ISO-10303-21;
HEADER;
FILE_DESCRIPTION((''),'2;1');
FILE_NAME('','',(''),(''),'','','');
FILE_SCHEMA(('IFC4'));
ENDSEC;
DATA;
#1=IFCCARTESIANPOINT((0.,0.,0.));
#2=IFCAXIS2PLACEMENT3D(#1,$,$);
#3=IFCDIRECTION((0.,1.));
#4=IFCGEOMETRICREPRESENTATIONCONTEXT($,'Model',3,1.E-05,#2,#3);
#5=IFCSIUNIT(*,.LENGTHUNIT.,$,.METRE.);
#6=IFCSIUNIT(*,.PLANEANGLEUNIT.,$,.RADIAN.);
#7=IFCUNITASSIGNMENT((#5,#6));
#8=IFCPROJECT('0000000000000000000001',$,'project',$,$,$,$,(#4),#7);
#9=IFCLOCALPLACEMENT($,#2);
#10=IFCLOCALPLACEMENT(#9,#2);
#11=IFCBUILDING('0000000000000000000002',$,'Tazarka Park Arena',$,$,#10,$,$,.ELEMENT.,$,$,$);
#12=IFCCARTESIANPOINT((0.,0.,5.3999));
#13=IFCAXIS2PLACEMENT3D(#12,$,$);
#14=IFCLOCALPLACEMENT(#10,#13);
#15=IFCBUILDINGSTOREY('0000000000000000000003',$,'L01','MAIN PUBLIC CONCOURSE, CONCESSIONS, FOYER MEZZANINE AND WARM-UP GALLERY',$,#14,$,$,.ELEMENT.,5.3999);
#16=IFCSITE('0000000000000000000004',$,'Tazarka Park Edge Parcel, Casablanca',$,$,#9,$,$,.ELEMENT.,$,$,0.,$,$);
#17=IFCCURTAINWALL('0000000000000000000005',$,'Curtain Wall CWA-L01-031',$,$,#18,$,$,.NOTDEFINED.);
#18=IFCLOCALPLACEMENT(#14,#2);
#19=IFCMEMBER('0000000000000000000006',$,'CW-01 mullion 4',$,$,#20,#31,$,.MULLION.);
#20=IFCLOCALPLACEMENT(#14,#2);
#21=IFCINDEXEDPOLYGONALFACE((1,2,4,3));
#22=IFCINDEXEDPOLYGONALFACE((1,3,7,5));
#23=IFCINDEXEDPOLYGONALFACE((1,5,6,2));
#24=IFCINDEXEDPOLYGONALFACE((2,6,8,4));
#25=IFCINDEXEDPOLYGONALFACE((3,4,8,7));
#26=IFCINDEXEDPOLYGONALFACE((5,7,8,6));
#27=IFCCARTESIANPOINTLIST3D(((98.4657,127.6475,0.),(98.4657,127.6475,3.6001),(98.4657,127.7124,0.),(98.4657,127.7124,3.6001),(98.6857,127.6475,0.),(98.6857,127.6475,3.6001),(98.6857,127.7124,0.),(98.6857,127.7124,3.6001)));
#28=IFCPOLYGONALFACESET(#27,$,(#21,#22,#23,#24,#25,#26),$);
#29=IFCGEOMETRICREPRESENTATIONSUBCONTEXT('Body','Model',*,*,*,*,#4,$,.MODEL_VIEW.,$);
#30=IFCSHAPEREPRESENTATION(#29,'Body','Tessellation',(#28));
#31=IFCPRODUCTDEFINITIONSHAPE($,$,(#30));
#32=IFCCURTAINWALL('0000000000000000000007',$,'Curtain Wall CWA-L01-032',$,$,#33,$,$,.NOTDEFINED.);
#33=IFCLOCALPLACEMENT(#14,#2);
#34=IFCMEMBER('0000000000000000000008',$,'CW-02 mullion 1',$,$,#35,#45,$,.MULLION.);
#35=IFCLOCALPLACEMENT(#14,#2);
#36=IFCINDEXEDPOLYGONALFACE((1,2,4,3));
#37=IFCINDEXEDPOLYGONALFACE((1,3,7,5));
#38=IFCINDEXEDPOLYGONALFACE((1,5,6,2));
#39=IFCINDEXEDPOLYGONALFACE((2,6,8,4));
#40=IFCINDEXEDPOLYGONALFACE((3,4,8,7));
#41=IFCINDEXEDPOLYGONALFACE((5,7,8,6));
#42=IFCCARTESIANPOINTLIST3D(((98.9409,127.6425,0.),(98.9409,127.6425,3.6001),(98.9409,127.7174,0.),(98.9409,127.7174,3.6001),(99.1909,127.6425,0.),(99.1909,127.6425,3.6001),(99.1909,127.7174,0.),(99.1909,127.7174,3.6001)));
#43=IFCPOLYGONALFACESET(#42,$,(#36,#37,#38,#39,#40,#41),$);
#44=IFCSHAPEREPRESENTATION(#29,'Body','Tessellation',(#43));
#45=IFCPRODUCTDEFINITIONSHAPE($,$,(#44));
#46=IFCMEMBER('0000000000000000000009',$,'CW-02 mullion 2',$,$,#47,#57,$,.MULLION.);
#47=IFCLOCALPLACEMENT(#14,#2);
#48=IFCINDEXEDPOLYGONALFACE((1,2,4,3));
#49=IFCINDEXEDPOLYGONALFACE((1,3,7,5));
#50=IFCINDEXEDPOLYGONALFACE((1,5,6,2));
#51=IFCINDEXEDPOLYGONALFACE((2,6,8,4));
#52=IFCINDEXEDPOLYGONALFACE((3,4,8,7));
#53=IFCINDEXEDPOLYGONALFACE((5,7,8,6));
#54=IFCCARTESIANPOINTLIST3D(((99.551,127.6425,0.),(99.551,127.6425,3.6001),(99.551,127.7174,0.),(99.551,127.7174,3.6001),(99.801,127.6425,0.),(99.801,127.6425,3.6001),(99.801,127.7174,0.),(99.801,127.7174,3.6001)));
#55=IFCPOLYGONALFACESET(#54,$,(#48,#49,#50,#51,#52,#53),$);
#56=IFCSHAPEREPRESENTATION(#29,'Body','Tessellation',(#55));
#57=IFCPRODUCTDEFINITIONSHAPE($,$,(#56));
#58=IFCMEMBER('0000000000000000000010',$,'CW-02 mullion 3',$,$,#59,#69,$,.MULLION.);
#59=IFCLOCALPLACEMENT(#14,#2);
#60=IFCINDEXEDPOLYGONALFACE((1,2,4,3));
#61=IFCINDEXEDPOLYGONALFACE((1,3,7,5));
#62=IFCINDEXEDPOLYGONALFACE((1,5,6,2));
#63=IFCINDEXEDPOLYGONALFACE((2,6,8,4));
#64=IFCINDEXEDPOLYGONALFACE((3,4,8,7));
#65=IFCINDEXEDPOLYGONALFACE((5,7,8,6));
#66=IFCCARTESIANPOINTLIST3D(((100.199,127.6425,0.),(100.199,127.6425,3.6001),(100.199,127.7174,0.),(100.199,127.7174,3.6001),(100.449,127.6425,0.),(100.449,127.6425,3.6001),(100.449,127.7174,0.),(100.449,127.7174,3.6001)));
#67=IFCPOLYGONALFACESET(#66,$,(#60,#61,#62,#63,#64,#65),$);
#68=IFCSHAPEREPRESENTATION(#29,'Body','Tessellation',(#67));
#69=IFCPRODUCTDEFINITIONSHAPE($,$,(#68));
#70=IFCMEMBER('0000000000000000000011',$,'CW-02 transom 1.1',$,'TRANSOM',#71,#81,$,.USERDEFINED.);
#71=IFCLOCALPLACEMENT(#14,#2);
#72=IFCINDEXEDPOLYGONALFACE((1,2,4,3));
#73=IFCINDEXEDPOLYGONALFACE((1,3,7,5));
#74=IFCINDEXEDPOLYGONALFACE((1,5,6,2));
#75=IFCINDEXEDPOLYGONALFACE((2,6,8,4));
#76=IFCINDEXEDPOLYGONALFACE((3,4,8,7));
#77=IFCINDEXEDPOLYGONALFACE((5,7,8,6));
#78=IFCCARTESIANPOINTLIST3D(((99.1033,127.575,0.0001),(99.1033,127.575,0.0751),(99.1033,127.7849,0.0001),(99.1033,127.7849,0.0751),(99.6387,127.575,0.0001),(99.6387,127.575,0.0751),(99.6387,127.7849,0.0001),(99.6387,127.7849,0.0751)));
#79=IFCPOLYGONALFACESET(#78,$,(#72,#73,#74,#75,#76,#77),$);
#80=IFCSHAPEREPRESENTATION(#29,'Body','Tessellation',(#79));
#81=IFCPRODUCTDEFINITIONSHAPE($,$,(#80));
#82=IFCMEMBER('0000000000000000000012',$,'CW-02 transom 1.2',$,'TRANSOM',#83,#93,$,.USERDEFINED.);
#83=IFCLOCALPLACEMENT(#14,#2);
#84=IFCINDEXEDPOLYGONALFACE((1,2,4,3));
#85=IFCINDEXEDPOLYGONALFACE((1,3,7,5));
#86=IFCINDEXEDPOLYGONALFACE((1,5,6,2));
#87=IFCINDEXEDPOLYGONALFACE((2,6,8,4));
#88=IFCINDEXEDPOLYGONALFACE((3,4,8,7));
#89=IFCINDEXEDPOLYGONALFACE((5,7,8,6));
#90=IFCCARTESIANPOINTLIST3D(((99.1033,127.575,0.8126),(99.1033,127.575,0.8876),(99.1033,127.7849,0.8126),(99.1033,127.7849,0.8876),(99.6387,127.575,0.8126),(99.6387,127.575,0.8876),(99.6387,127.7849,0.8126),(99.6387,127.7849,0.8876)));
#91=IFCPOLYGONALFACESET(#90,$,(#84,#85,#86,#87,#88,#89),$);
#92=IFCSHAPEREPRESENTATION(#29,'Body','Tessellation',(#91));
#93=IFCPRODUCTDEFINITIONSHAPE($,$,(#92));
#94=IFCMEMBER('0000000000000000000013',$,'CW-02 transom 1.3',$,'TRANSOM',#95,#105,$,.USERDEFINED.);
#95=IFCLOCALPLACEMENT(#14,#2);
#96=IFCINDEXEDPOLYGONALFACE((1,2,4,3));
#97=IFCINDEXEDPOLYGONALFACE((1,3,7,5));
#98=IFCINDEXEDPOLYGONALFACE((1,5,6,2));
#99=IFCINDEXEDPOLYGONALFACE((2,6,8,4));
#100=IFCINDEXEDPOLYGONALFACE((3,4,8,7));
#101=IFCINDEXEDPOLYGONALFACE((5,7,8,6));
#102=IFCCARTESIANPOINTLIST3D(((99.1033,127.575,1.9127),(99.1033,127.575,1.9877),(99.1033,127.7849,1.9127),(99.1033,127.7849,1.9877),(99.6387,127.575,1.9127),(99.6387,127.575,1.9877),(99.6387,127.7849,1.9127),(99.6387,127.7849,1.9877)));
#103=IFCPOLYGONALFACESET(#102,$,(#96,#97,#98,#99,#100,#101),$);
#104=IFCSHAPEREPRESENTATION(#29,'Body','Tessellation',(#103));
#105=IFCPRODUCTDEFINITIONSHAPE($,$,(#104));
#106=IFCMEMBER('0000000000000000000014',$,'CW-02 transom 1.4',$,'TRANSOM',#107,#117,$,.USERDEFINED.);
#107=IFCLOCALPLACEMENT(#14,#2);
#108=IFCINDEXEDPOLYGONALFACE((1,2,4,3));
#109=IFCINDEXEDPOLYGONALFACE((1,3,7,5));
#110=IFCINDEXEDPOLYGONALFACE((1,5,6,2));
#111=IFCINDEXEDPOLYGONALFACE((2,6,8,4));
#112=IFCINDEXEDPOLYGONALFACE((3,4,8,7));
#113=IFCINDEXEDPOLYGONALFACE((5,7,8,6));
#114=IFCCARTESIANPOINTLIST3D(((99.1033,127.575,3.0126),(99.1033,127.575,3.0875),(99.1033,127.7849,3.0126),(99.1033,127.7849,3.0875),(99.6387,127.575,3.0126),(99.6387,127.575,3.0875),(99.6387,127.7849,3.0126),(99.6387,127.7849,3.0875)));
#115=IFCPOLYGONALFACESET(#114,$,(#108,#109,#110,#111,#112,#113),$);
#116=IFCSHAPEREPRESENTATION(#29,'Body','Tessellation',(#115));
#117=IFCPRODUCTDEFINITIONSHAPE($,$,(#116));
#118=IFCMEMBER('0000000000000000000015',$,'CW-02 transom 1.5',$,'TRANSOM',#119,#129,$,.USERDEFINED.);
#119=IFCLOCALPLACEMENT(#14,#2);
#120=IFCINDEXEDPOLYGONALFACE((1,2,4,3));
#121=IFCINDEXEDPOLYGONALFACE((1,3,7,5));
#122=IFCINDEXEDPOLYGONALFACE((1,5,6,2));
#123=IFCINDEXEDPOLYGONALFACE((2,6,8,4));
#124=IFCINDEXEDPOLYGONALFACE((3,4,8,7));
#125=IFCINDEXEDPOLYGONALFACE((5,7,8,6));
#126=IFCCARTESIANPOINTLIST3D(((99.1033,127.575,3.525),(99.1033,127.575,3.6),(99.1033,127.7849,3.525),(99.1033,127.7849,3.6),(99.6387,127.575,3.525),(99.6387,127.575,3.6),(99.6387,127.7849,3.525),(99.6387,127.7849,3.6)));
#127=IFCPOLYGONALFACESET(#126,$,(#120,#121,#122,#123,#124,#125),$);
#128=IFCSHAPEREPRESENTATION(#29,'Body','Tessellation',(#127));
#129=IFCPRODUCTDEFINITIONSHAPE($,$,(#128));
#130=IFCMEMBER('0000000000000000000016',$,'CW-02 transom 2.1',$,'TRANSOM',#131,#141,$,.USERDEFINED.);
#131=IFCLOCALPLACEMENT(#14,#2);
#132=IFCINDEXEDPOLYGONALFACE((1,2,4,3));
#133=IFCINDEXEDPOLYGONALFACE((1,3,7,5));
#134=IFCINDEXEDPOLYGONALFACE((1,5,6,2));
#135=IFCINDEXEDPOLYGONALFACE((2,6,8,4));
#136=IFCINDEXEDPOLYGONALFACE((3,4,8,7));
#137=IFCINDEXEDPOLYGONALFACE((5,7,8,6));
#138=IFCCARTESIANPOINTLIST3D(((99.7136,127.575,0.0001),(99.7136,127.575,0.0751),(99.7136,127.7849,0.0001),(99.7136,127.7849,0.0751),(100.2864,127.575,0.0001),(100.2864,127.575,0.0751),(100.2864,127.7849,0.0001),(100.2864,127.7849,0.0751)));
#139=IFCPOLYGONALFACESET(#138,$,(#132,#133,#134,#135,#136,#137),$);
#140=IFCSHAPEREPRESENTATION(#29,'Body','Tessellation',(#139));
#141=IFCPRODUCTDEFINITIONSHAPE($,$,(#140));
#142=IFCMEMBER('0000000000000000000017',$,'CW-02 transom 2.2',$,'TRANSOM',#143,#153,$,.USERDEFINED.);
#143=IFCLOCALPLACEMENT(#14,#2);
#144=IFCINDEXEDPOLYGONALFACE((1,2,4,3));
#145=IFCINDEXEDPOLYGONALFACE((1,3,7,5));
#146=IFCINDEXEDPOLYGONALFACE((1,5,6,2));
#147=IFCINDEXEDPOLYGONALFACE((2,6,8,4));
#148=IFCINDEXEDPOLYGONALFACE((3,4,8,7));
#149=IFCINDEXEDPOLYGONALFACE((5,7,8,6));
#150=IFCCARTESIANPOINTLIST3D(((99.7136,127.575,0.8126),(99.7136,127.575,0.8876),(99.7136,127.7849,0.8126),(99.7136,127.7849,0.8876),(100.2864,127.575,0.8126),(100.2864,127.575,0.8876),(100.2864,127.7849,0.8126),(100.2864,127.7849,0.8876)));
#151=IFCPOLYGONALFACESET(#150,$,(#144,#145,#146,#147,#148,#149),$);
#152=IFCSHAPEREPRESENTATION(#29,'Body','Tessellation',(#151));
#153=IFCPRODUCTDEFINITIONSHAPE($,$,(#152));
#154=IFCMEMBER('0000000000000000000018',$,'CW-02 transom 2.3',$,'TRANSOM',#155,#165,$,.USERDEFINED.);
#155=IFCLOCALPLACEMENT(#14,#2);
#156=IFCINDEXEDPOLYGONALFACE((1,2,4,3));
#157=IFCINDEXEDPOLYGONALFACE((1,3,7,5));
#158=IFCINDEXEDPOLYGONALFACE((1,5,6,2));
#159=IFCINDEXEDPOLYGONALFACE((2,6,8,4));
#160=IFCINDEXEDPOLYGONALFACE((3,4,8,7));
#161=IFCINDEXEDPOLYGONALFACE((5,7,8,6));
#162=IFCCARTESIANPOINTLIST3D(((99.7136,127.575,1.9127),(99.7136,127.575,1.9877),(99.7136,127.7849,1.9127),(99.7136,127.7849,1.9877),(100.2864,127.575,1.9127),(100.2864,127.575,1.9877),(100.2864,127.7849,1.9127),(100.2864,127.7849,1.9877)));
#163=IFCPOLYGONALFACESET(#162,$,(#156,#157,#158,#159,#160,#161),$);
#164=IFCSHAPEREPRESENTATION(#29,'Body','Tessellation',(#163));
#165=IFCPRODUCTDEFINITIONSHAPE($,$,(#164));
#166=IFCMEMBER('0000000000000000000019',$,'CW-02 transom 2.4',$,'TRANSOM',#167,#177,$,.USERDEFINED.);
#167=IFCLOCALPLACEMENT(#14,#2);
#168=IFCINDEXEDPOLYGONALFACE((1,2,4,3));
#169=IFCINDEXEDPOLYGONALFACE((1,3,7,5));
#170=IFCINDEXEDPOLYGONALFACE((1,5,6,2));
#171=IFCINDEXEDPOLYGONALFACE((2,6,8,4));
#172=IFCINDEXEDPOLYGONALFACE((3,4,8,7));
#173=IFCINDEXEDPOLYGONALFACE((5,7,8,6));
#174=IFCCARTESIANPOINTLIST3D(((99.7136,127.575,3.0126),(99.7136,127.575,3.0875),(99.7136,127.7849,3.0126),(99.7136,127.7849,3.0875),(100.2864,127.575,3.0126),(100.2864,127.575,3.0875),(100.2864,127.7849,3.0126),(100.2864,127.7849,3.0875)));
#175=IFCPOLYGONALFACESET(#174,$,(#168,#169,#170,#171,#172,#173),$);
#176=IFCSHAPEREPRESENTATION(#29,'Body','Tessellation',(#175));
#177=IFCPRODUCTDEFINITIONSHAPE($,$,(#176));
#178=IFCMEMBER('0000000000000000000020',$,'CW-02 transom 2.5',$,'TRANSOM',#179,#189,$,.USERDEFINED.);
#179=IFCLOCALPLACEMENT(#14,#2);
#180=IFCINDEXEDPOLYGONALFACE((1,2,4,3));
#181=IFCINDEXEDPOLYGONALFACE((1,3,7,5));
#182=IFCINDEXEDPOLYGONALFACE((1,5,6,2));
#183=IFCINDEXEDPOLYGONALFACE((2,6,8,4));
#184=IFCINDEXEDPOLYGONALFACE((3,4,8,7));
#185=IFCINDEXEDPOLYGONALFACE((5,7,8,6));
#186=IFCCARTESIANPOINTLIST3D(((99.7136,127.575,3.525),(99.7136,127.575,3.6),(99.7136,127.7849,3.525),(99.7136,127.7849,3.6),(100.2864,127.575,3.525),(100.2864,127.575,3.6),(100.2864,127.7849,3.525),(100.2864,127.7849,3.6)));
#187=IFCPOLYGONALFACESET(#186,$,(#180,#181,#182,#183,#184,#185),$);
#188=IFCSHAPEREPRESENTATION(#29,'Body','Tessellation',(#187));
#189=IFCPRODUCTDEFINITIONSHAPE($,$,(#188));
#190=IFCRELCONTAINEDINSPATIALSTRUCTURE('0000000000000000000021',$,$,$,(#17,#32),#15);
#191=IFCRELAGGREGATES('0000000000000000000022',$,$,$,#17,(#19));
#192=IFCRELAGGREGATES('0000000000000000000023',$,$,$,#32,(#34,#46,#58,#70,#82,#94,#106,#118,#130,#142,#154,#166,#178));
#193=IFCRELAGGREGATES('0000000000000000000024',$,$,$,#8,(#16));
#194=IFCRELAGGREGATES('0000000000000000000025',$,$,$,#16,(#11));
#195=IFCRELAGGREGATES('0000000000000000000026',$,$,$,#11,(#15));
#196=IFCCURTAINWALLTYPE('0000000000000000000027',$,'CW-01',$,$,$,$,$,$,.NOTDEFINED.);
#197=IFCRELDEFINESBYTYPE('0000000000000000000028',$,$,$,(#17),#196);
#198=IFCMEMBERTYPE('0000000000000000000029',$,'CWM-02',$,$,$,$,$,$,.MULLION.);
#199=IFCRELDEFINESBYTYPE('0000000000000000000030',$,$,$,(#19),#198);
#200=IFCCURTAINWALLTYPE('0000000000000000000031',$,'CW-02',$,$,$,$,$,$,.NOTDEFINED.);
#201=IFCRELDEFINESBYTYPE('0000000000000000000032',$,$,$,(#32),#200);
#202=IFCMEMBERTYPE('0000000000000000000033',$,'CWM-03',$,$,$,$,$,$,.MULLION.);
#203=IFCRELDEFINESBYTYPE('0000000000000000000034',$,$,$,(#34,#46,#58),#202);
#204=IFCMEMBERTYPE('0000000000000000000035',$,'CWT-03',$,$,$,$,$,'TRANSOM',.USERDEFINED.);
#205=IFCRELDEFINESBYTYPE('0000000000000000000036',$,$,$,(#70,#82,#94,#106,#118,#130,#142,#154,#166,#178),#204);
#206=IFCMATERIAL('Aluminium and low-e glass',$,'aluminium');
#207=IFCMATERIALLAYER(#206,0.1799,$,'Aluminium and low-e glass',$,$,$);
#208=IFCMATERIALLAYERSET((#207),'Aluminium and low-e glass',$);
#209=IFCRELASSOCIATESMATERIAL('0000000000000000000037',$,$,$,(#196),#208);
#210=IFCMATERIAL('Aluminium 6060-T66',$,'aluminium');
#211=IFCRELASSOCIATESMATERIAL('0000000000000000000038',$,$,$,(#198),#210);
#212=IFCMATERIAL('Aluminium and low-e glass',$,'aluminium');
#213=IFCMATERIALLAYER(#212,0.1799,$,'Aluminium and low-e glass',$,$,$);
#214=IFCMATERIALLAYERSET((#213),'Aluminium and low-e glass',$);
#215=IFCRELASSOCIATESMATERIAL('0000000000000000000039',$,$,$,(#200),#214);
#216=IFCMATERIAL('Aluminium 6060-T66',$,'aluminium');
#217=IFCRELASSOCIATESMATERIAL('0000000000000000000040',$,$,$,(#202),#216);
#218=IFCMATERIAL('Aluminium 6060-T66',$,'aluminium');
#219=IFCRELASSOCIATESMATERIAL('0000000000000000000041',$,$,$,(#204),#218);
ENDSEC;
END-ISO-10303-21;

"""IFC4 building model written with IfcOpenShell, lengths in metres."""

from ifc_helpers import new_model, si_unit, direction, frame, origin, origin_2d, place, context, subcontext, project, spatial, rectangle, extrude, material, layer, layer_set, material_profile, profile_set, type_object, element, aggregate, save


model = new_model("IFC4")

# Units and contexts
model_context = context("Model", 3, precision=1e-05, world=origin(), true_north=direction((0.0, 1.0)))
body_context = subcontext(model_context, "Body", "Model", "MODEL_VIEW")
ifc_project = project(units=[si_unit("LENGTHUNIT", "METRE"), si_unit("PLANEANGLEUNIT", "RADIAN")], contexts=[model_context])

# Site, building, storey
site_placement = place(None, origin())
site = spatial("IfcSite", under=ifc_project, at=site_placement, Name="Tazarka Park Edge Parcel, Casablanca", CompositionType="ELEMENT", RefElevation=0.0)
building_placement = place(site_placement, origin())
building = spatial("IfcBuilding", under=site, at=building_placement, Name="Tazarka Park Arena", CompositionType="ELEMENT")
storey_placement = place(building_placement, frame((0.0, 0.0, 5.3999)))
storey = spatial("IfcBuildingStorey", under=building, at=storey_placement, Name="L01", Description="MAIN PUBLIC CONCOURSE, CONCESSIONS, FOYER MEZZANINE AND WARM-UP GALLERY", CompositionType="ELEMENT", Elevation=5.3999)

# Curtain wall, member
ifc_material_1 = material(Name="Aluminium and low-e glass", Category="aluminium")
ifc_layer_1 = layer(ifc_material_1, 0.1799, Name="Aluminium and low-e glass")
ifc_layer_set_1 = layer_set([ifc_layer_1], Name="Aluminium and low-e glass")
curtain_wall_type_1 = type_object("IfcCurtainWallType", Name="CW-01", PredefinedType="NOTDEFINED", material=ifc_layer_set_1)
curtain_wall_1_placement = place(storey_placement, origin())
curtain_wall_1 = element("IfcCurtainWall", 1, at=curtain_wall_1_placement, inside=storey, type_object=curtain_wall_type_1, Name="Curtain Wall CWA-L01-031", PredefinedType="NOTDEFINED")
ifc_material_2 = material(Name="Aluminium 6060-T66", Category="aluminium")
ifc_material_profile_1 = material_profile(ifc_material_2, rectangle(XDim=0.0649, YDim=0.22, at=origin_2d()), Name="Aluminium 6060-T66")
ifc_profile_set_1 = profile_set([ifc_material_profile_1], Name="Aluminium 6060-T66")
member_type_1 = type_object("IfcMemberType", Name="CWM-02", PredefinedType="MULLION", material=ifc_profile_set_1)
member_1_placement = place(storey_placement, frame((98.5757, 127.6799, 0.0), z_axis=(0.0, 0.0, 1.0), x_axis=(0.0, 1.0, 0.0)))
member_1 = element("IfcMember", 2, at=member_1_placement, type_object=member_type_1, Name="CW-01 mullion 4", PredefinedType="MULLION", context=body_context, shape_type="SweptSolid", body=[
    extrude(rectangle(XDim=0.0649, YDim=0.22, at=origin_2d()), origin(), (0.0, 0.0, 1.0), 3.6001),
])

# Curtain wall, members
ifc_material_3 = material(Name="Aluminium and low-e glass", Category="aluminium")
ifc_layer_2 = layer(ifc_material_3, 0.1799, Name="Aluminium and low-e glass")
ifc_layer_set_2 = layer_set([ifc_layer_2], Name="Aluminium and low-e glass")
curtain_wall_type_2 = type_object("IfcCurtainWallType", Name="CW-02", PredefinedType="NOTDEFINED", material=ifc_layer_set_2)
curtain_wall_2_placement = place(storey_placement, origin())
curtain_wall_2 = element("IfcCurtainWall", 3, at=curtain_wall_2_placement, inside=storey, type_object=curtain_wall_type_2, Name="Curtain Wall CWA-L01-032", PredefinedType="NOTDEFINED")
ifc_material_4 = material(Name="Aluminium 6060-T66", Category="aluminium")
ifc_material_profile_2 = material_profile(ifc_material_4, rectangle(XDim=0.075, YDim=0.25, at=origin_2d()), Name="Aluminium 6060-T66")
ifc_profile_set_2 = profile_set([ifc_material_profile_2], Name="Aluminium 6060-T66")
member_type_2 = type_object("IfcMemberType", Name="CWM-03", PredefinedType="MULLION", material=ifc_profile_set_2)
member_2_placement = place(storey_placement, frame((99.0659, 127.6799, 0.0), z_axis=(0.0, 0.0, 1.0), x_axis=(0.0, 1.0, 0.0)))
member_2 = element("IfcMember", 4, at=member_2_placement, type_object=member_type_2, Name="CW-02 mullion 1", PredefinedType="MULLION", context=body_context, shape_type="SweptSolid", body=[
    extrude(rectangle(XDim=0.075, YDim=0.25, at=origin_2d()), origin(), (0.0, 0.0, 1.0), 3.6001),
])
member_3_placement = place(storey_placement, frame((99.676, 127.6799, 0.0), z_axis=(0.0, 0.0, 1.0), x_axis=(0.0, 1.0, 0.0)))
member_3 = element("IfcMember", 5, at=member_3_placement, type_object=member_type_2, Name="CW-02 mullion 2", PredefinedType="MULLION", context=body_context, shape_type="SweptSolid", body=[
    extrude(rectangle(XDim=0.075, YDim=0.25, at=origin_2d()), origin(), (0.0, 0.0, 1.0), 3.6001),
])
member_4_placement = place(storey_placement, frame((100.324, 127.6799, 0.0), z_axis=(0.0, 0.0, 1.0), x_axis=(0.0, 1.0, 0.0)))
member_4 = element("IfcMember", 6, at=member_4_placement, type_object=member_type_2, Name="CW-02 mullion 3", PredefinedType="MULLION", context=body_context, shape_type="SweptSolid", body=[
    extrude(rectangle(XDim=0.075, YDim=0.25, at=origin_2d()), origin(), (0.0, 0.0, 1.0), 3.6001),
])
ifc_material_5 = material(Name="Aluminium 6060-T66", Category="aluminium")
ifc_material_profile_3 = material_profile(ifc_material_5, rectangle(XDim=0.21, YDim=0.075, at=origin_2d()), Name="Aluminium 6060-T66")
ifc_profile_set_3 = profile_set([ifc_material_profile_3], Name="Aluminium 6060-T66")
member_type_3 = type_object("IfcMemberType", Name="CWT-03", ElementType="TRANSOM", PredefinedType="USERDEFINED", material=ifc_profile_set_3)
member_5_placement = place(storey_placement, frame((99.1033, 127.6799, 0.0376), z_axis=(1.0, 0.0, 0.0), x_axis=(0.0, 1.0, 0.0)))
member_5 = element("IfcMember", 7, at=member_5_placement, type_object=member_type_3, Name="CW-02 transom 1.1", ObjectType="TRANSOM", PredefinedType="USERDEFINED", context=body_context, shape_type="SweptSolid", body=[
    extrude(rectangle(XDim=0.21, YDim=0.075, at=origin_2d()), origin(), (0.0, 0.0, 1.0), 0.5354),
])
member_6_placement = place(storey_placement, frame((99.1033, 127.6799, 0.8501), z_axis=(1.0, 0.0, 0.0), x_axis=(0.0, 1.0, 0.0)))
member_6 = element("IfcMember", 8, at=member_6_placement, type_object=member_type_3, Name="CW-02 transom 1.2", ObjectType="TRANSOM", PredefinedType="USERDEFINED", context=body_context, shape_type="SweptSolid", body=[
    extrude(rectangle(XDim=0.21, YDim=0.075, at=origin_2d()), origin(), (0.0, 0.0, 1.0), 0.5354),
])
member_7_placement = place(storey_placement, frame((99.1033, 127.6799, 1.9502), z_axis=(1.0, 0.0, 0.0), x_axis=(0.0, 1.0, 0.0)))
member_7 = element("IfcMember", 9, at=member_7_placement, type_object=member_type_3, Name="CW-02 transom 1.3", ObjectType="TRANSOM", PredefinedType="USERDEFINED", context=body_context, shape_type="SweptSolid", body=[
    extrude(rectangle(XDim=0.21, YDim=0.075, at=origin_2d()), origin(), (0.0, 0.0, 1.0), 0.5354),
])
member_8_placement = place(storey_placement, frame((99.1033, 127.6799, 3.05), z_axis=(1.0, 0.0, 0.0), x_axis=(0.0, 1.0, 0.0)))
member_8 = element("IfcMember", 10, at=member_8_placement, type_object=member_type_3, Name="CW-02 transom 1.4", ObjectType="TRANSOM", PredefinedType="USERDEFINED", context=body_context, shape_type="SweptSolid", body=[
    extrude(rectangle(XDim=0.21, YDim=0.075, at=origin_2d()), origin(), (0.0, 0.0, 1.0), 0.5354),
])
member_9_placement = place(storey_placement, frame((99.1033, 127.6799, 3.5625), z_axis=(1.0, 0.0, 0.0), x_axis=(0.0, 1.0, 0.0)))
member_9 = element("IfcMember", 11, at=member_9_placement, type_object=member_type_3, Name="CW-02 transom 1.5", ObjectType="TRANSOM", PredefinedType="USERDEFINED", context=body_context, shape_type="SweptSolid", body=[
    extrude(rectangle(XDim=0.21, YDim=0.075, at=origin_2d()), origin(), (0.0, 0.0, 1.0), 0.5354),
])
member_10_placement = place(storey_placement, frame((99.7136, 127.6799, 0.0376), z_axis=(1.0, 0.0, 0.0), x_axis=(0.0, 1.0, 0.0)))
member_10 = element("IfcMember", 12, at=member_10_placement, type_object=member_type_3, Name="CW-02 transom 2.1", ObjectType="TRANSOM", PredefinedType="USERDEFINED", context=body_context, shape_type="SweptSolid", body=[
    extrude(rectangle(XDim=0.21, YDim=0.075, at=origin_2d()), origin(), (0.0, 0.0, 1.0), 0.5728),
])
member_11_placement = place(storey_placement, frame((99.7136, 127.6799, 0.8501), z_axis=(1.0, 0.0, 0.0), x_axis=(0.0, 1.0, 0.0)))
member_11 = element("IfcMember", 13, at=member_11_placement, type_object=member_type_3, Name="CW-02 transom 2.2", ObjectType="TRANSOM", PredefinedType="USERDEFINED", context=body_context, shape_type="SweptSolid", body=[
    extrude(rectangle(XDim=0.21, YDim=0.075, at=origin_2d()), origin(), (0.0, 0.0, 1.0), 0.5728),
])
member_12_placement = place(storey_placement, frame((99.7136, 127.6799, 1.9502), z_axis=(1.0, 0.0, 0.0), x_axis=(0.0, 1.0, 0.0)))
member_12 = element("IfcMember", 14, at=member_12_placement, type_object=member_type_3, Name="CW-02 transom 2.3", ObjectType="TRANSOM", PredefinedType="USERDEFINED", context=body_context, shape_type="SweptSolid", body=[
    extrude(rectangle(XDim=0.21, YDim=0.075, at=origin_2d()), origin(), (0.0, 0.0, 1.0), 0.5728),
])
member_13_placement = place(storey_placement, frame((99.7136, 127.6799, 3.05), z_axis=(1.0, 0.0, 0.0), x_axis=(0.0, 1.0, 0.0)))
member_13 = element("IfcMember", 15, at=member_13_placement, type_object=member_type_3, Name="CW-02 transom 2.4", ObjectType="TRANSOM", PredefinedType="USERDEFINED", context=body_context, shape_type="SweptSolid", body=[
    extrude(rectangle(XDim=0.21, YDim=0.075, at=origin_2d()), origin(), (0.0, 0.0, 1.0), 0.5728),
])
member_14_placement = place(storey_placement, frame((99.7136, 127.6799, 3.5625), z_axis=(1.0, 0.0, 0.0), x_axis=(0.0, 1.0, 0.0)))
member_14 = element("IfcMember", 16, at=member_14_placement, type_object=member_type_3, Name="CW-02 transom 2.5", ObjectType="TRANSOM", PredefinedType="USERDEFINED", context=body_context, shape_type="SweptSolid", body=[
    extrude(rectangle(XDim=0.21, YDim=0.075, at=origin_2d()), origin(), (0.0, 0.0, 1.0), 0.5728),
])

aggregate(curtain_wall_1, [member_1])
aggregate(curtain_wall_2, [member_2, member_3, member_4, member_5, member_6, member_7, member_8, member_9, member_10, member_11, member_12, member_13, member_14])

save(model, "model.ifc")
